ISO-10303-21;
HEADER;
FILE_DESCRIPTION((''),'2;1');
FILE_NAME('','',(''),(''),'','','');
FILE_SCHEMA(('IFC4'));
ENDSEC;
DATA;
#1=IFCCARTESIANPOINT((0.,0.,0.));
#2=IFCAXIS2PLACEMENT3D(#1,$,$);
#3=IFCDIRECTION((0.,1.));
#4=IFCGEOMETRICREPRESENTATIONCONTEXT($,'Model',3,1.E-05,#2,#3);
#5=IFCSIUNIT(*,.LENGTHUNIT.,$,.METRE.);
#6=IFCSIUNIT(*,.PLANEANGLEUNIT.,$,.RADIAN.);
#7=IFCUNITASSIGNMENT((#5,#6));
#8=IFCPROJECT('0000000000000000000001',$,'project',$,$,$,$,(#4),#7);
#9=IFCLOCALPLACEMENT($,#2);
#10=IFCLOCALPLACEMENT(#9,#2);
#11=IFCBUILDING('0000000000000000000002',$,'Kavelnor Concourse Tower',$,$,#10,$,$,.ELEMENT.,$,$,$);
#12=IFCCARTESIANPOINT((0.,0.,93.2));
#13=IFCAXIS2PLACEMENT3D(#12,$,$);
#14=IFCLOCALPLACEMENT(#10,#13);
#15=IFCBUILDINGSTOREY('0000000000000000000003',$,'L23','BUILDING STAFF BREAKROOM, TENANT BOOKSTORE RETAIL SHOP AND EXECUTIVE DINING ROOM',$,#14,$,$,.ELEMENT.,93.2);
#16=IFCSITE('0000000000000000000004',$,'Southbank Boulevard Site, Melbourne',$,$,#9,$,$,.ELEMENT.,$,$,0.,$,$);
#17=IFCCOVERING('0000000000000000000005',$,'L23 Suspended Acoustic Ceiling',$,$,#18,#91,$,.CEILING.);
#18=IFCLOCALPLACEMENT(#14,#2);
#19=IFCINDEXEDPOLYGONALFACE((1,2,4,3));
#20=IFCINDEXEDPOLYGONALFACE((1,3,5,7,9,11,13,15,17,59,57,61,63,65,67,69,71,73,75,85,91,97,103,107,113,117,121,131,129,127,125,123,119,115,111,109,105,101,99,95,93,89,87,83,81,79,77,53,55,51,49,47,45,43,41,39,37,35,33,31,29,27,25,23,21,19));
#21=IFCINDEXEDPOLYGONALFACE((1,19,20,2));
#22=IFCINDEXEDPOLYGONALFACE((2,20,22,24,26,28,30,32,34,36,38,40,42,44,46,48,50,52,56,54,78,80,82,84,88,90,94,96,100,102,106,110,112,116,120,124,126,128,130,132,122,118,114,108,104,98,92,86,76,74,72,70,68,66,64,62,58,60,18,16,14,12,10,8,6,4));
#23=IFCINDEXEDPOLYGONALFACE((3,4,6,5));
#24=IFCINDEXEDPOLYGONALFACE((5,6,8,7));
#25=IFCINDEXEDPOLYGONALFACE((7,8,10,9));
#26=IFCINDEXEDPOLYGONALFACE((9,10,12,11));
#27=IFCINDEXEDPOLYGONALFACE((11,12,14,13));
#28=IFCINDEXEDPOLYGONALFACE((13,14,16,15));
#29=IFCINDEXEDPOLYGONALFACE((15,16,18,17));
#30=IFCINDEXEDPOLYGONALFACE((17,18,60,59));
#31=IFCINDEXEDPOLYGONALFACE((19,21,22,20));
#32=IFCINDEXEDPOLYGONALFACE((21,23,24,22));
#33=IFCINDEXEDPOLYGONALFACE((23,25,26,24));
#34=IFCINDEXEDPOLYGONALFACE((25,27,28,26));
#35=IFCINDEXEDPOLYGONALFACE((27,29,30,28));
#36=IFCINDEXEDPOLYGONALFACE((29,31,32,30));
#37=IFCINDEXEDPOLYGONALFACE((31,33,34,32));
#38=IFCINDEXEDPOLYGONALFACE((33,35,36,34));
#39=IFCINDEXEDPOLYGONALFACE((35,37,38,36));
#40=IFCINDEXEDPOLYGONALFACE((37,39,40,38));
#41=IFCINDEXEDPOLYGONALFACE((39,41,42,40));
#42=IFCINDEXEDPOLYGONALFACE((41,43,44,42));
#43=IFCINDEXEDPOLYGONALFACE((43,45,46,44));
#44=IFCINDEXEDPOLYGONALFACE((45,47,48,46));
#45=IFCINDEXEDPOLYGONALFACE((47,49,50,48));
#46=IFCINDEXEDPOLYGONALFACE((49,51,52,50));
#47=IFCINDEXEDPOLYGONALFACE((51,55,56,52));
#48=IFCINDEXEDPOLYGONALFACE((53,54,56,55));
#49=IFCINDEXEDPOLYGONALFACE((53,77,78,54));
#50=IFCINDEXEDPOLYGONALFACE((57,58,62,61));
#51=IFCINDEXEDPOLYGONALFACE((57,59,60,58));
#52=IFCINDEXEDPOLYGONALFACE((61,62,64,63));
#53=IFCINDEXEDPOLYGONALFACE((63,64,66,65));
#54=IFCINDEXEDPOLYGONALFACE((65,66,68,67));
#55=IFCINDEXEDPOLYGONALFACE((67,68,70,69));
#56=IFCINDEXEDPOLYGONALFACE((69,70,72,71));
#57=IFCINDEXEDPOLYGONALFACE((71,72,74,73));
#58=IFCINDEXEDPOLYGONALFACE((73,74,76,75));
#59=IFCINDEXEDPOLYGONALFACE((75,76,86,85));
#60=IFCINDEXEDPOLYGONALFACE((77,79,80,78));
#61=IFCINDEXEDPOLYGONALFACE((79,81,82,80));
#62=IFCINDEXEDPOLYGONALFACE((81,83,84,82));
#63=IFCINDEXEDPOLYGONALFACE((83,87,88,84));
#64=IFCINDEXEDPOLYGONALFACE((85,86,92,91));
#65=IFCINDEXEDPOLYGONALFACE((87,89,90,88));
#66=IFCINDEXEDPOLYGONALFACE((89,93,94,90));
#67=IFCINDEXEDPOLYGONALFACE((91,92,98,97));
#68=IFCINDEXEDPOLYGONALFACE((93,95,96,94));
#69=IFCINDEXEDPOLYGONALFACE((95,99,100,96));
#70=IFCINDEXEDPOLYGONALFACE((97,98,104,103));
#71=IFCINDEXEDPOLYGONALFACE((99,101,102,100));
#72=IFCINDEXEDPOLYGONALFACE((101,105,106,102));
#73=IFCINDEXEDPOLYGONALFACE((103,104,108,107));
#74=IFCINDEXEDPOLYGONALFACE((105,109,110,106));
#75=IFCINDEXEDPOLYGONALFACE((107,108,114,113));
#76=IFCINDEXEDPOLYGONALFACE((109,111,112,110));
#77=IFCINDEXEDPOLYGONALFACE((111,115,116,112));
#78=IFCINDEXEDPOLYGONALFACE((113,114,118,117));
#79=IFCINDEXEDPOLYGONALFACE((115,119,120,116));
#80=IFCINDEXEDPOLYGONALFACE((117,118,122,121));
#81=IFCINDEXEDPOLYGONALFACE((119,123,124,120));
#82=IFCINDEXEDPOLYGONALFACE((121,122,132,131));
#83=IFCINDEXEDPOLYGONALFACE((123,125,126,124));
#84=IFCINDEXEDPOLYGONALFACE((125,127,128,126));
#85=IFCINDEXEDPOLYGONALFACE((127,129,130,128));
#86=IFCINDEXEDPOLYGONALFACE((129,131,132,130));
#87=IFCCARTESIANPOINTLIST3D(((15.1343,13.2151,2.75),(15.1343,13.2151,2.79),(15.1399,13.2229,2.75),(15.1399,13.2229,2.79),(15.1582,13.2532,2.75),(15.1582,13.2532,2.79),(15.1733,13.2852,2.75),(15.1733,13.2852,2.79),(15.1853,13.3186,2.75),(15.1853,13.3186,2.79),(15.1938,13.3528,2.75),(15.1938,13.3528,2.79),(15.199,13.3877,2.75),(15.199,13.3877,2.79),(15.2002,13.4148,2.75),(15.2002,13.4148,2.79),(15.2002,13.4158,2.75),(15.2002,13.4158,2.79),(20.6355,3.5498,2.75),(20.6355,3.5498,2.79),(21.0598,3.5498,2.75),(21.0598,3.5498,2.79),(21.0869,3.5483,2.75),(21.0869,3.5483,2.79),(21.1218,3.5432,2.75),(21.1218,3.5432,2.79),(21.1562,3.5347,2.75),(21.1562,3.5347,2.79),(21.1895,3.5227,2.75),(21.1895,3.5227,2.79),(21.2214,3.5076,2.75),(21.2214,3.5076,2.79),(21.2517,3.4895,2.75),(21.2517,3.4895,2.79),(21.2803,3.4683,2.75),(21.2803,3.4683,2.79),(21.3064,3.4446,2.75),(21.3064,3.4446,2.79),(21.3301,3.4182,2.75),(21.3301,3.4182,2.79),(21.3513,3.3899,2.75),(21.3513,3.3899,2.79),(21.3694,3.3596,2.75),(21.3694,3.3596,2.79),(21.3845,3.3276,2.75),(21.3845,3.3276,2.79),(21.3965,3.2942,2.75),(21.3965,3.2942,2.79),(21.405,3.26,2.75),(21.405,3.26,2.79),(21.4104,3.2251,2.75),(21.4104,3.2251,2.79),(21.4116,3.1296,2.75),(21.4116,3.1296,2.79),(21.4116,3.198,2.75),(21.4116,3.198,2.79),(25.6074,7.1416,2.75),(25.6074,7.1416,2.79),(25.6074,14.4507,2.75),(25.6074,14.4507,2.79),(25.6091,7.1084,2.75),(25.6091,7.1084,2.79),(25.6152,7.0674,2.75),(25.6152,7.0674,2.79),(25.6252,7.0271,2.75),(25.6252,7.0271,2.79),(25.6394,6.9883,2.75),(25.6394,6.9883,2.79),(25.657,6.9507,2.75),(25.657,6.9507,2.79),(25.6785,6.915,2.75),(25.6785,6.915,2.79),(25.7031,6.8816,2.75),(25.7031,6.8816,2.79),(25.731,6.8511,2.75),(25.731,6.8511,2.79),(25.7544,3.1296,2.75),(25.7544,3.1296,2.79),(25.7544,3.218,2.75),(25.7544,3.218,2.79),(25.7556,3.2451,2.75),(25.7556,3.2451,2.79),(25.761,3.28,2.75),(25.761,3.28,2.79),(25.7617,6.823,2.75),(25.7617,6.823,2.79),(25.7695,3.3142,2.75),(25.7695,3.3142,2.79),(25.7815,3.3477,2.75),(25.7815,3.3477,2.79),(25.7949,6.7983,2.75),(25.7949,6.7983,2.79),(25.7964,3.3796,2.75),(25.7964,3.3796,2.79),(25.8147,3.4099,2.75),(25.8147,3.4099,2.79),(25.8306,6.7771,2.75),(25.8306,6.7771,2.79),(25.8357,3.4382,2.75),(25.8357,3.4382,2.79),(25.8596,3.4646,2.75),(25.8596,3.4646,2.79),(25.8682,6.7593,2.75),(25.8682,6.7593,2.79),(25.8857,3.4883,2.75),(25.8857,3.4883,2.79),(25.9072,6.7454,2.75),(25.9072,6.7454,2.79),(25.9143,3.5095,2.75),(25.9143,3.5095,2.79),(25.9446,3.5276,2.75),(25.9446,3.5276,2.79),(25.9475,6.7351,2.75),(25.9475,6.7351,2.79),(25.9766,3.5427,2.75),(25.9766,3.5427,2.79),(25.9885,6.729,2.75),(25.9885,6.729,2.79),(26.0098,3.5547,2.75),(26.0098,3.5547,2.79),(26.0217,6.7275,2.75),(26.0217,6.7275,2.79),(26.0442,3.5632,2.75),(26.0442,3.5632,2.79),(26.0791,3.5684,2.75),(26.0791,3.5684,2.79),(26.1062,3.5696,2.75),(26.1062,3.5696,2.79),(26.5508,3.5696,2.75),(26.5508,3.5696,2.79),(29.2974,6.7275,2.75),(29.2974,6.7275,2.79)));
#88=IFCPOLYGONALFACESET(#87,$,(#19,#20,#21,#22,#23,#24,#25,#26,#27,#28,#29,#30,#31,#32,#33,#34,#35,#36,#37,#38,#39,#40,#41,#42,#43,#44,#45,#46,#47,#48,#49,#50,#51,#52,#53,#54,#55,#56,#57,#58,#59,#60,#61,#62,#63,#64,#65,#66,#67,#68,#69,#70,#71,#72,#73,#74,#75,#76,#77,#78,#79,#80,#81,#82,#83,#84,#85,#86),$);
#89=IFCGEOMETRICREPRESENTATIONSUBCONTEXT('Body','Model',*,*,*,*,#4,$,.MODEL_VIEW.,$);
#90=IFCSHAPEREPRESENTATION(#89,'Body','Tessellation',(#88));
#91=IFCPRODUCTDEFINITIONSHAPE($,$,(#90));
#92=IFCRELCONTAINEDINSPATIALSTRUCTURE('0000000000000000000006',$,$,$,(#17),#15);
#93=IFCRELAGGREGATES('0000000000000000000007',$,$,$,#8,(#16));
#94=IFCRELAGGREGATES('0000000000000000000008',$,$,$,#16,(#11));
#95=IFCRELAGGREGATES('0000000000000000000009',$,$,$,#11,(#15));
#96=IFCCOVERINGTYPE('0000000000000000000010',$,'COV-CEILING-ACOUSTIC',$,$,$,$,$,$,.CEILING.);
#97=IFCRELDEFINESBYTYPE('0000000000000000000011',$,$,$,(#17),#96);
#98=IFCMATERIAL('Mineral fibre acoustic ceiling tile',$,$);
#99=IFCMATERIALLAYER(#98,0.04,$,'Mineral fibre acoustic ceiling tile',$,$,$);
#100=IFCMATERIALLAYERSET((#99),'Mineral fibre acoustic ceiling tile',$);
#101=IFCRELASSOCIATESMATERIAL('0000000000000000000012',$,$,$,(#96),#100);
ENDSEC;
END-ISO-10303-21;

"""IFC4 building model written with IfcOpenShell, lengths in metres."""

from ifc_helpers import new_model, si_unit, direction, frame, origin, place, context, subcontext, project, spatial, polyline, outline, extrude, material, layer, layer_set, type_object, element, save


model = new_model("IFC4")

# Units and contexts
model_context = context("Model", 3, precision=1e-05, world=origin(), true_north=direction((0.0, 1.0)))
body_context = subcontext(model_context, "Body", "Model", "MODEL_VIEW")
ifc_project = project(units=[si_unit("LENGTHUNIT", "METRE"), si_unit("PLANEANGLEUNIT", "RADIAN")], contexts=[model_context])

# Site, building, storey
site_placement = place(None, origin())
site = spatial("IfcSite", under=ifc_project, at=site_placement, Name="Southbank Boulevard Site, Melbourne", CompositionType="ELEMENT", RefElevation=0.0)
building_placement = place(site_placement, origin())
building = spatial("IfcBuilding", under=site, at=building_placement, Name="Kavelnor Concourse Tower", CompositionType="ELEMENT")
storey_placement = place(building_placement, frame((0.0, 0.0, 93.2)))
storey = spatial("IfcBuildingStorey", under=building, at=storey_placement, Name="L23", Description="BUILDING STAFF BREAKROOM, TENANT BOOKSTORE RETAIL SHOP AND EXECUTIVE DINING ROOM", CompositionType="ELEMENT", Elevation=93.2)

# Covering
ifc_material_1 = material(Name="Mineral fibre acoustic ceiling tile")
ifc_layer_1 = layer(ifc_material_1, 0.04, Name="Mineral fibre acoustic ceiling tile")
ifc_layer_set_1 = layer_set([ifc_layer_1], Name="Mineral fibre acoustic ceiling tile")
covering_type = type_object("IfcCoveringType", Name="COV-CEILING-ACOUSTIC", PredefinedType="CEILING", material=ifc_layer_set_1)
covering_1_placement = place(storey_placement, frame((0.0, 0.0, 2.75)))
element("IfcCovering", 1, at=covering_1_placement, inside=storey, type_object=covering_type, Name="L23 Suspended Acoustic Ceiling", PredefinedType="CEILING", context=body_context, shape_type="SweptSolid", body=[
    extrude(outline(polyline([(15.1399, 13.2229), (15.1582, 13.2532), (15.1733, 13.2852), (15.1853, 13.3186), (15.1938, 13.3528), (15.199, 13.3877), (15.2002, 13.4148), (15.2002, 13.4158), (25.6074, 14.4507), (25.6074, 7.1416), (25.6091, 7.1084), (25.6152, 7.0674), (25.6252, 7.0271), (25.6394, 6.9883), (25.657, 6.9507), (25.6785, 6.915), (25.7031, 6.8816), (25.731, 6.8511), (25.7617, 6.823), (25.7949, 6.7983), (25.8306, 6.7771), (25.8682, 6.7593), (25.9072, 6.7454), (25.9475, 6.7351), (25.9885, 6.729), (26.0217, 6.7275), (29.2974, 6.7275), (26.5508, 3.5696), (26.1062, 3.5696), (26.0791, 3.5684), (26.0442, 3.5632), (26.0098, 3.5547), (25.9766, 3.5427), (25.9446, 3.5276), (25.9143, 3.5095), (25.8857, 3.4883), (25.8596, 3.4646), (25.8357, 3.4382), (25.8147, 3.4099), (25.7964, 3.3796), (25.7815, 3.3477), (25.7695, 3.3142), (25.761, 3.28), (25.7556, 3.2451), (25.7544, 3.218), (25.7544, 3.1296), (21.4116, 3.1296), (21.4116, 3.198), (21.4104, 3.2251), (21.405, 3.26), (21.3965, 3.2942), (21.3845, 3.3276), (21.3694, 3.3596), (21.3513, 3.3899), (21.3301, 3.4182), (21.3064, 3.4446), (21.2803, 3.4683), (21.2517, 3.4895), (21.2214, 3.5076), (21.1895, 3.5227), (21.1562, 3.5347), (21.1218, 3.5432), (21.0869, 3.5483), (21.0598, 3.5498), (20.6355, 3.5498), (15.1343, 13.2151), (15.1399, 13.2229)])), origin(), (0.0, 0.0, 1.0), 0.04),
])

save(model, "model.ifc")
